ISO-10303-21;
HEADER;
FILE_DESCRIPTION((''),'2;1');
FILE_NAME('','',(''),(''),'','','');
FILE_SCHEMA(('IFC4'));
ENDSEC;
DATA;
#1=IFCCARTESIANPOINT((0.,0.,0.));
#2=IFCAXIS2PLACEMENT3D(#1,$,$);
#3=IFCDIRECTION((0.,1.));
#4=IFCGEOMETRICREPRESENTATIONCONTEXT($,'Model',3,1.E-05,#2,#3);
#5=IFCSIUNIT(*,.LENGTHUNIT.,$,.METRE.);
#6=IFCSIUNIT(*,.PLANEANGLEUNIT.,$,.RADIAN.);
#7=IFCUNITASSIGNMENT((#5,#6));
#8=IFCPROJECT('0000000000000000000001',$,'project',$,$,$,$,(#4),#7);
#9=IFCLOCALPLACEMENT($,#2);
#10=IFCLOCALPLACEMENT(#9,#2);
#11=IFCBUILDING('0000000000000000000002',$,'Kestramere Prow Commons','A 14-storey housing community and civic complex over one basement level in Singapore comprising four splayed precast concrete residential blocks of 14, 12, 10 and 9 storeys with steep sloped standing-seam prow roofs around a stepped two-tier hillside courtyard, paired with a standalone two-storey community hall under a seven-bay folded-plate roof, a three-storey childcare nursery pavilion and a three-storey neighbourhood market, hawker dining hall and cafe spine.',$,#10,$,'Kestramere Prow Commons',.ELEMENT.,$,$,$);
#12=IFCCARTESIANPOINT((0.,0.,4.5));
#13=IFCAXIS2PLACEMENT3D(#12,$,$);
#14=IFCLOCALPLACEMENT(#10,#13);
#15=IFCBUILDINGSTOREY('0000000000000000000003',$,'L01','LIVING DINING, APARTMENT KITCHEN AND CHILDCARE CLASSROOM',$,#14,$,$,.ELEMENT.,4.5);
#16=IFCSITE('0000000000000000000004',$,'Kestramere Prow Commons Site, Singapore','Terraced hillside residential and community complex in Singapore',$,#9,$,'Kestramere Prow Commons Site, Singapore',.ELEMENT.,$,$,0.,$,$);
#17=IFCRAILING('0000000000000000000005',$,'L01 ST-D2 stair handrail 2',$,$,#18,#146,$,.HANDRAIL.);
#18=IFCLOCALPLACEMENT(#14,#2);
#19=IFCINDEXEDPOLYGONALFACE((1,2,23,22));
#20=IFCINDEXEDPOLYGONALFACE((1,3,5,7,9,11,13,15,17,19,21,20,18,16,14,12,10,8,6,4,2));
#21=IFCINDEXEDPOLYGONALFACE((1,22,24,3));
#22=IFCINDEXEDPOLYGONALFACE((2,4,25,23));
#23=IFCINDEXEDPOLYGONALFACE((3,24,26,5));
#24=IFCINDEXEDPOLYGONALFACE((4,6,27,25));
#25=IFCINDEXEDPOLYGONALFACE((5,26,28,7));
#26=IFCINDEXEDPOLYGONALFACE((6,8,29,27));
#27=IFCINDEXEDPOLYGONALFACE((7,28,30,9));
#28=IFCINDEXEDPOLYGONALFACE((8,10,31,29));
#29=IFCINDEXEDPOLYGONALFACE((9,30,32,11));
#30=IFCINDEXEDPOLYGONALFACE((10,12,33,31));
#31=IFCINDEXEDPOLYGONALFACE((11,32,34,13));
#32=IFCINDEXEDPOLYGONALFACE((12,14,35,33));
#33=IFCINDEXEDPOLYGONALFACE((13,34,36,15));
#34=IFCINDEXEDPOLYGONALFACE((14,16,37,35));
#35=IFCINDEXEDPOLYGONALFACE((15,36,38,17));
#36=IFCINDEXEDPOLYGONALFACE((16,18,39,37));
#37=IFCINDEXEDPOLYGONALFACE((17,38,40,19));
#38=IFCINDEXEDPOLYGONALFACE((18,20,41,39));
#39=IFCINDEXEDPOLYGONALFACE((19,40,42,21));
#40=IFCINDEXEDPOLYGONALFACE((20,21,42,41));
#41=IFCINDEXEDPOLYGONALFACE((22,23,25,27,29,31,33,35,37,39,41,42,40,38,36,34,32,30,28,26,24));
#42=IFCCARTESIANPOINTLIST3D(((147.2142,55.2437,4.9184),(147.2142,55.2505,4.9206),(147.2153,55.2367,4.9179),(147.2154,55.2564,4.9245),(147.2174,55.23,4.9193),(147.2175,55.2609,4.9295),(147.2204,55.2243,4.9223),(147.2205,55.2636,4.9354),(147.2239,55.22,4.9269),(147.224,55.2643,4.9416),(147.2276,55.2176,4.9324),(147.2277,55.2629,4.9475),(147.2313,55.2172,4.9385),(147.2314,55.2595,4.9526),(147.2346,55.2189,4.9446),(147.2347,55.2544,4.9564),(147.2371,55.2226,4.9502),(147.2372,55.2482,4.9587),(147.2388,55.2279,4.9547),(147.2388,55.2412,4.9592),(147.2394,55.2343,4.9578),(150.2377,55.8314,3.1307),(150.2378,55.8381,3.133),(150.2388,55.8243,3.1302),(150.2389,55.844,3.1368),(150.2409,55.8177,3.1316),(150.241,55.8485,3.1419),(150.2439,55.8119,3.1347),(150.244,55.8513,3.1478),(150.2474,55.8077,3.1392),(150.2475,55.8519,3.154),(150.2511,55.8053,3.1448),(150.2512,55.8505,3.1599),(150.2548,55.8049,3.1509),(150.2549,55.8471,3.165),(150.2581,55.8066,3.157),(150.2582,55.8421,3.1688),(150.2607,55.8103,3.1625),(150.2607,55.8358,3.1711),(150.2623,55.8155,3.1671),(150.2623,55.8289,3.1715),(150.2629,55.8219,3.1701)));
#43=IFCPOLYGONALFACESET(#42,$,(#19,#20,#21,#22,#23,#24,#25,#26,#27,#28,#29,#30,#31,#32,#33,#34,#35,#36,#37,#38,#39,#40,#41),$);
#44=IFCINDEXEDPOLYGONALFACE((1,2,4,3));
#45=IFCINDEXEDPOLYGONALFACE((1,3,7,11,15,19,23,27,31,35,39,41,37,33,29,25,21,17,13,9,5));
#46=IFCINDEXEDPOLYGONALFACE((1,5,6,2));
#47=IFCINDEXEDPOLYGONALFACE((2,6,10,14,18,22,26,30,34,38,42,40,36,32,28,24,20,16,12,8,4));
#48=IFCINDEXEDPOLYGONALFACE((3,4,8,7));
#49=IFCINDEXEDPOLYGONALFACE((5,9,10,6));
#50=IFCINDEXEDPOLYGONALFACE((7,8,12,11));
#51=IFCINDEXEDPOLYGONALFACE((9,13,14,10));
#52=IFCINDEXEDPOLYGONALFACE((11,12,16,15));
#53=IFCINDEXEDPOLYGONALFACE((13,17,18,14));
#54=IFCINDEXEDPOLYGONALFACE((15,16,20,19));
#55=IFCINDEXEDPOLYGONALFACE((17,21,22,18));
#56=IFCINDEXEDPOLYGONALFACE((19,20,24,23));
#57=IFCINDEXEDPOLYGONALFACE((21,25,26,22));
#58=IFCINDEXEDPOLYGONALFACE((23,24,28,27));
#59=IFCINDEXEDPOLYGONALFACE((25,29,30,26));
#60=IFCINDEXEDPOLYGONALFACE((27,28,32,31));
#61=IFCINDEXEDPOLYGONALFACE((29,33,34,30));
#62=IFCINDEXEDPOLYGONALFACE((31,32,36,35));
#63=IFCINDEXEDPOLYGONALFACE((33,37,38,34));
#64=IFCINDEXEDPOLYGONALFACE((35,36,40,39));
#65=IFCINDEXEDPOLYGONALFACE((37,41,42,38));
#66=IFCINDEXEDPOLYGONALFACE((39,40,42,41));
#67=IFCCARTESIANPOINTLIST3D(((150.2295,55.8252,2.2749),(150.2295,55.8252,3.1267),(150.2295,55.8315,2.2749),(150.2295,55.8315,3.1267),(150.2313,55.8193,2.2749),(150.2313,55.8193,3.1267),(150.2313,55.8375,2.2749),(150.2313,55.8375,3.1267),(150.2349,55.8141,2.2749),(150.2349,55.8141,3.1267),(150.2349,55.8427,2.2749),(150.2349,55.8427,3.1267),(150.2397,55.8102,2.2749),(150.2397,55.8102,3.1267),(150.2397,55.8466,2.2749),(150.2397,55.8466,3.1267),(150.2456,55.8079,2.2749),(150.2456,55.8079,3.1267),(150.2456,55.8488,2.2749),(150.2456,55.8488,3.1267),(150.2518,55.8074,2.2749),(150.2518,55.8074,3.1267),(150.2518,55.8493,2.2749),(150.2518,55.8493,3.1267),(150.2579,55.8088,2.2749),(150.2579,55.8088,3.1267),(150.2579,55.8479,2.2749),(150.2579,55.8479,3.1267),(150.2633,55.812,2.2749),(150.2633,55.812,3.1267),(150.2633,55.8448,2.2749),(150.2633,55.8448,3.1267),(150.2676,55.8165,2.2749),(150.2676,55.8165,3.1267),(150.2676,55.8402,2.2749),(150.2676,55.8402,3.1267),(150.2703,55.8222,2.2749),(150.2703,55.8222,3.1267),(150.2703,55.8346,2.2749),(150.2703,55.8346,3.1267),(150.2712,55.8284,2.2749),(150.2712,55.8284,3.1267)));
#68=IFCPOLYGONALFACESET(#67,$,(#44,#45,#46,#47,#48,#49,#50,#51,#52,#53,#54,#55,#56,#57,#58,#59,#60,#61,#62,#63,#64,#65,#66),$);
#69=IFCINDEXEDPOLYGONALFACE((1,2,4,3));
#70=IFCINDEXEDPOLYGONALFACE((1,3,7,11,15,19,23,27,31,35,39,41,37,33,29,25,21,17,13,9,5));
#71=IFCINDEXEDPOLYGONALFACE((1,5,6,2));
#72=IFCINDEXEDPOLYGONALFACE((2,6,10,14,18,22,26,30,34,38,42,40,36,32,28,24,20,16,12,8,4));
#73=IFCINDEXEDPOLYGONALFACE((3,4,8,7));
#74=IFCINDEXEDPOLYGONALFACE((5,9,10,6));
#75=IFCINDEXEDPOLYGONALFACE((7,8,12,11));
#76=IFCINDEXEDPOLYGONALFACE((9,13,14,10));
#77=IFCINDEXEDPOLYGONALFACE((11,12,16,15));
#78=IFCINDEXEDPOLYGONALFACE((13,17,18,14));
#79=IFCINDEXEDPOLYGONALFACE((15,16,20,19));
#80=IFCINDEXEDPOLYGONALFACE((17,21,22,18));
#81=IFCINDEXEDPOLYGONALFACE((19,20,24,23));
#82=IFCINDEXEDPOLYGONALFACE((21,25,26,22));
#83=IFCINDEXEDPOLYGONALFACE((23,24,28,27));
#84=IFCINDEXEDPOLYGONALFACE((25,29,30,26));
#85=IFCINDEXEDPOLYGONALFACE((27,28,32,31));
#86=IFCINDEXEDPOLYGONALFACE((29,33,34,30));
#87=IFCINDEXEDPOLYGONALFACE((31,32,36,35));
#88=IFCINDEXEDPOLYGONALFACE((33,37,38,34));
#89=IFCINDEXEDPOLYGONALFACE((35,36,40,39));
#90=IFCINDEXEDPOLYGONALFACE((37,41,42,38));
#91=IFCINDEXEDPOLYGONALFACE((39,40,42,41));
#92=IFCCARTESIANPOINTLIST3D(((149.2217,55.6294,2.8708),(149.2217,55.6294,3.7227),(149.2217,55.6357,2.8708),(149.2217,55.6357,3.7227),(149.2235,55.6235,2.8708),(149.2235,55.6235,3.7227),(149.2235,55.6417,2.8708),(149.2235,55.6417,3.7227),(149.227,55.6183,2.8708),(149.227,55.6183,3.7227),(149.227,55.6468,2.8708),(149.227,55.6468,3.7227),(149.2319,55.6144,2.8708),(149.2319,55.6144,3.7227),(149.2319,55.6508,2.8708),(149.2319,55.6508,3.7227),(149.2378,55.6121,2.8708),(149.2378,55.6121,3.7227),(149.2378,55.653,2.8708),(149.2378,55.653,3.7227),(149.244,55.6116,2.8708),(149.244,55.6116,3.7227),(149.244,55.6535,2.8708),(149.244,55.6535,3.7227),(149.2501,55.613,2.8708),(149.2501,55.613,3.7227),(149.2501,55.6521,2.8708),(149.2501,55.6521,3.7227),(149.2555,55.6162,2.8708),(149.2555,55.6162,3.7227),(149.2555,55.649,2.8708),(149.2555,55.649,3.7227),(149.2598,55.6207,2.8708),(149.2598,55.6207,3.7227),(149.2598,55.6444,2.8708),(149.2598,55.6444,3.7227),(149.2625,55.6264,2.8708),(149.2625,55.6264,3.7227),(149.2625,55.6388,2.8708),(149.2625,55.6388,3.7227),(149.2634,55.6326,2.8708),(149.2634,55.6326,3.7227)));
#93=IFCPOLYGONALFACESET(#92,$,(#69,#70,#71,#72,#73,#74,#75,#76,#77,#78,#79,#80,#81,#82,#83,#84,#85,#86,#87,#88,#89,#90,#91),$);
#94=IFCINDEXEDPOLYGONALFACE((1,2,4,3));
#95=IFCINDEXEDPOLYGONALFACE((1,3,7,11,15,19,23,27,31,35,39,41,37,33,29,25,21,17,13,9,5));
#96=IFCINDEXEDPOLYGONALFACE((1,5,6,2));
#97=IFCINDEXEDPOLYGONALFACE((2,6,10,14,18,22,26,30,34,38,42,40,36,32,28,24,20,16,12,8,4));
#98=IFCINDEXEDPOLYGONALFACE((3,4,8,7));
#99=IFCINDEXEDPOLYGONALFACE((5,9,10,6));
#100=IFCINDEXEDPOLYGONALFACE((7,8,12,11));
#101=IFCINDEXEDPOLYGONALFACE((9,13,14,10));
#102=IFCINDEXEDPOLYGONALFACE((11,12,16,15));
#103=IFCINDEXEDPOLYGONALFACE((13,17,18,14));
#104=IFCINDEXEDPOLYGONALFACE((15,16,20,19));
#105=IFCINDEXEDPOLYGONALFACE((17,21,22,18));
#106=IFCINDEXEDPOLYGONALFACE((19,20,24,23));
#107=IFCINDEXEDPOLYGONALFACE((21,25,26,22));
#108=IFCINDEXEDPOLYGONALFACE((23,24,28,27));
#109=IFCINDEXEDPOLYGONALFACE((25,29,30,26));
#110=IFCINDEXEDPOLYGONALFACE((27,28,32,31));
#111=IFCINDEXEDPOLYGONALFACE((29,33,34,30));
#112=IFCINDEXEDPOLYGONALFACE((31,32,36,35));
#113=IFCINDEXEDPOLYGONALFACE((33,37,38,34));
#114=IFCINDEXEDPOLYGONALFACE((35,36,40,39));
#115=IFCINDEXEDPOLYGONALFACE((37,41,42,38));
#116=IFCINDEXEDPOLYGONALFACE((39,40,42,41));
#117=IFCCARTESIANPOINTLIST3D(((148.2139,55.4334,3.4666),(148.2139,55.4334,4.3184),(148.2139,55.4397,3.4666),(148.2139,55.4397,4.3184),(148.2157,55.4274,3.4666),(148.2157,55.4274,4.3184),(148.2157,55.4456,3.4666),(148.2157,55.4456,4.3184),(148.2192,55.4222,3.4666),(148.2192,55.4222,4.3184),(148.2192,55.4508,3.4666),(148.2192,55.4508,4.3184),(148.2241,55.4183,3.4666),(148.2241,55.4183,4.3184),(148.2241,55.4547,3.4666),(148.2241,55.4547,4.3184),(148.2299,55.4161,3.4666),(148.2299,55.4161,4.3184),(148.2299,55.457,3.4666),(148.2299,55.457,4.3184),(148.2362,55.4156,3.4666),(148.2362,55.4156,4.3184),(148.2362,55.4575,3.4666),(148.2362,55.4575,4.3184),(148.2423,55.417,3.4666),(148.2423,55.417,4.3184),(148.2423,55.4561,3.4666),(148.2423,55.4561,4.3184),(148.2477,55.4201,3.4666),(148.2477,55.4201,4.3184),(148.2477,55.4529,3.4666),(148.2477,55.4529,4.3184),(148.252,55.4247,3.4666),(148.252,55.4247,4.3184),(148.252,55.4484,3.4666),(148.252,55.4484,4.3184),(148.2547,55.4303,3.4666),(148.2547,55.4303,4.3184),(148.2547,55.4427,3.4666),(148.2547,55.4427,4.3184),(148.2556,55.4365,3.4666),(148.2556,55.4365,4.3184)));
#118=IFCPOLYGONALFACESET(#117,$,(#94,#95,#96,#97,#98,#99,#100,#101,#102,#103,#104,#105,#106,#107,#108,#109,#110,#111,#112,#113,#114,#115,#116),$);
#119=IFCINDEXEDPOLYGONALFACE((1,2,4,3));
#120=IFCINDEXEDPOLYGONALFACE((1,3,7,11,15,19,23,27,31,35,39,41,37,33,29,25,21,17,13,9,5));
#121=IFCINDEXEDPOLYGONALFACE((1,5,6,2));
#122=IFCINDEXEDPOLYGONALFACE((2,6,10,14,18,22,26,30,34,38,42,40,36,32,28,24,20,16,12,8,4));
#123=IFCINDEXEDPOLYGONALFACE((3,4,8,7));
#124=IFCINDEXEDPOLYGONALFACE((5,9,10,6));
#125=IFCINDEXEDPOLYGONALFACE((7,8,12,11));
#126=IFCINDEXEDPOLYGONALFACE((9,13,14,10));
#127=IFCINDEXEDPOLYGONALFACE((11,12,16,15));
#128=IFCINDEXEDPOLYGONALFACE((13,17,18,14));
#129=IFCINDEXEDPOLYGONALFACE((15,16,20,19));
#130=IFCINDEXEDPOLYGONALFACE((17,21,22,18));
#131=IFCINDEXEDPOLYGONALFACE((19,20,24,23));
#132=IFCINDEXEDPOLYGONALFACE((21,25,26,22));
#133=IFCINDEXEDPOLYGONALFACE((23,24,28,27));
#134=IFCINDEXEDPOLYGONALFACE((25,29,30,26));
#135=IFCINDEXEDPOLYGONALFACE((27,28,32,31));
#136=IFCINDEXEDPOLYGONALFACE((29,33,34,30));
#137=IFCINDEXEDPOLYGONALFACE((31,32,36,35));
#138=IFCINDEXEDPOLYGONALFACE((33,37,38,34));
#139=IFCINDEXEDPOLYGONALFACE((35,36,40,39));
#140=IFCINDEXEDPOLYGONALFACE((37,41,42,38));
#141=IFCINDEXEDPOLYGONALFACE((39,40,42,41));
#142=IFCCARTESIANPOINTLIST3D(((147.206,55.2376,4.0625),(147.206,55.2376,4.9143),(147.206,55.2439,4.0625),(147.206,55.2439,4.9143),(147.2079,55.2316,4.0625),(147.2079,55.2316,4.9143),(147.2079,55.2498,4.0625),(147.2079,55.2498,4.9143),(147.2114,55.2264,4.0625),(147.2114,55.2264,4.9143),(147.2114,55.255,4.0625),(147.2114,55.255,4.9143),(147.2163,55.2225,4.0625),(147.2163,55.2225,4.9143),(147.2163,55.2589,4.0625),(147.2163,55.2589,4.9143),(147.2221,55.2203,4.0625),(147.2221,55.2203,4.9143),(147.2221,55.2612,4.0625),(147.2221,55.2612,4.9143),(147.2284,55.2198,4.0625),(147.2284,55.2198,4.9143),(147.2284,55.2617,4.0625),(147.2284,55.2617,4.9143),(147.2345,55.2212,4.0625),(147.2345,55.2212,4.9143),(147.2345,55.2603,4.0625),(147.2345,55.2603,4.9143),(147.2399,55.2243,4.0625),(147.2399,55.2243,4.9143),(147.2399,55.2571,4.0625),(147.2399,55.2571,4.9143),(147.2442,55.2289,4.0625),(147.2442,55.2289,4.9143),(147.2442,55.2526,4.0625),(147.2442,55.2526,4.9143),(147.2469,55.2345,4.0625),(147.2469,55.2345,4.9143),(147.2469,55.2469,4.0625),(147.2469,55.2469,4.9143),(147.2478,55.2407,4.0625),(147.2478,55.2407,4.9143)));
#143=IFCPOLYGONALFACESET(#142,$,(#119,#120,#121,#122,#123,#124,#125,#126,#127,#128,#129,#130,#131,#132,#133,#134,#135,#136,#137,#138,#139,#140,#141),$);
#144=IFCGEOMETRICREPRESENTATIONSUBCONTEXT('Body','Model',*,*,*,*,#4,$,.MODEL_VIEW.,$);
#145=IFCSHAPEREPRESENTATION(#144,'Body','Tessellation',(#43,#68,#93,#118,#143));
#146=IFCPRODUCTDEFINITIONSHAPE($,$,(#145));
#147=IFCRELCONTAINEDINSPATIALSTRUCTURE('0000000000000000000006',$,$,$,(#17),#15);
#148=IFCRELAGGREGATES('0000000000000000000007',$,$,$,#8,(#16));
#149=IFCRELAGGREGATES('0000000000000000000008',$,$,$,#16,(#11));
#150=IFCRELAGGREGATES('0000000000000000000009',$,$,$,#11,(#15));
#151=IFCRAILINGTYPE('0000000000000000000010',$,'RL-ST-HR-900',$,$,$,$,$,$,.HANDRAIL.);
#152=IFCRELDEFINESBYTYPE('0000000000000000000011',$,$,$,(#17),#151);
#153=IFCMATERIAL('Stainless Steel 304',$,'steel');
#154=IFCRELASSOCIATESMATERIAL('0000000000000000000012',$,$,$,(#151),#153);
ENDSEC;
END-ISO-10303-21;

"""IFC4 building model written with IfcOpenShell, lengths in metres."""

from ifc_helpers import new_model, si_unit, direction, frame, origin, origin_2d, place, context, subcontext, project, spatial, circle, extrude, material, type_object, element, save


model = new_model("IFC4")

# Units and contexts
model_context = context("Model", 3, precision=1e-05, world=origin(), true_north=direction((0.0, 1.0)))
body_context = subcontext(model_context, "Body", "Model", "MODEL_VIEW")
ifc_project = project(units=[si_unit("LENGTHUNIT", "METRE"), si_unit("PLANEANGLEUNIT", "RADIAN")], contexts=[model_context])

# Site, building, storey
site_placement = place(None, origin())
site = spatial("IfcSite", under=ifc_project, at=site_placement, Name="Kestramere Prow Commons Site, Singapore", Description="Terraced hillside residential and community complex in Singapore", LongName="Kestramere Prow Commons Site, Singapore", CompositionType="ELEMENT", RefElevation=0.0)
building_placement = place(site_placement, origin())
building = spatial("IfcBuilding", under=site, at=building_placement, Name="Kestramere Prow Commons", Description="A 14-storey housing community and civic complex over one basement level in Singapore comprising four splayed precast concrete residential blocks of 14, 12, 10 and 9 storeys with steep sloped standing-seam prow roofs around a stepped two-tier hillside courtyard, paired with a standalone two-storey community hall under a seven-bay folded-plate roof, a three-storey childcare nursery pavilion and a three-storey neighbourhood market, hawker dining hall and cafe spine.", LongName="Kestramere Prow Commons", CompositionType="ELEMENT")
storey_placement = place(building_placement, frame((0.0, 0.0, 4.5)))
storey = spatial("IfcBuildingStorey", under=building, at=storey_placement, Name="L01", Description="LIVING DINING, APARTMENT KITCHEN AND CHILDCARE CLASSROOM", CompositionType="ELEMENT", Elevation=4.5)

# Railing
ifc_material_1 = material(Name="Stainless Steel 304", Category="steel")
railing_type_1 = type_object("IfcRailingType", Name="RL-ST-HR-900", PredefinedType="HANDRAIL", material=ifc_material_1)
railing_1_placement = place(storey_placement, frame((150.2502, 55.8284, 2.2749)))
element("IfcRailing", 1, at=railing_1_placement, inside=storey, type_object=railing_type_1, Name="L01 ST-D2 stair handrail 2", PredefinedType="HANDRAIL", context=body_context, shape_type="SweptSolid", body=[
    extrude(circle(Radius=0.0239, at=origin_2d()), frame((0.0, 0.0, 0.876), z_axis=(-0.848999, -0.165015, 0.501968), x_axis=(0.190793, -0.98163, 0.0)), (0.0, 0.0, 1.0), 3.5613),
    extrude(circle(Radius=0.021, at=origin_2d()), origin(), (0.0, 0.0, 1.0), 0.8518),
    extrude(circle(Radius=0.021, at=origin_2d()), frame((-1.0078, -0.1958, 0.5959)), (0.0, 0.0, 1.0), 0.8518),
    extrude(circle(Radius=0.021, at=origin_2d()), frame((-2.0156, -0.3918, 1.1917)), (0.0, 0.0, 1.0), 0.8518),
    extrude(circle(Radius=0.021, at=origin_2d()), frame((-3.0234, -0.5876, 1.7876)), (0.0, 0.0, 1.0), 0.8518),
])

save(model, "model.ifc")
